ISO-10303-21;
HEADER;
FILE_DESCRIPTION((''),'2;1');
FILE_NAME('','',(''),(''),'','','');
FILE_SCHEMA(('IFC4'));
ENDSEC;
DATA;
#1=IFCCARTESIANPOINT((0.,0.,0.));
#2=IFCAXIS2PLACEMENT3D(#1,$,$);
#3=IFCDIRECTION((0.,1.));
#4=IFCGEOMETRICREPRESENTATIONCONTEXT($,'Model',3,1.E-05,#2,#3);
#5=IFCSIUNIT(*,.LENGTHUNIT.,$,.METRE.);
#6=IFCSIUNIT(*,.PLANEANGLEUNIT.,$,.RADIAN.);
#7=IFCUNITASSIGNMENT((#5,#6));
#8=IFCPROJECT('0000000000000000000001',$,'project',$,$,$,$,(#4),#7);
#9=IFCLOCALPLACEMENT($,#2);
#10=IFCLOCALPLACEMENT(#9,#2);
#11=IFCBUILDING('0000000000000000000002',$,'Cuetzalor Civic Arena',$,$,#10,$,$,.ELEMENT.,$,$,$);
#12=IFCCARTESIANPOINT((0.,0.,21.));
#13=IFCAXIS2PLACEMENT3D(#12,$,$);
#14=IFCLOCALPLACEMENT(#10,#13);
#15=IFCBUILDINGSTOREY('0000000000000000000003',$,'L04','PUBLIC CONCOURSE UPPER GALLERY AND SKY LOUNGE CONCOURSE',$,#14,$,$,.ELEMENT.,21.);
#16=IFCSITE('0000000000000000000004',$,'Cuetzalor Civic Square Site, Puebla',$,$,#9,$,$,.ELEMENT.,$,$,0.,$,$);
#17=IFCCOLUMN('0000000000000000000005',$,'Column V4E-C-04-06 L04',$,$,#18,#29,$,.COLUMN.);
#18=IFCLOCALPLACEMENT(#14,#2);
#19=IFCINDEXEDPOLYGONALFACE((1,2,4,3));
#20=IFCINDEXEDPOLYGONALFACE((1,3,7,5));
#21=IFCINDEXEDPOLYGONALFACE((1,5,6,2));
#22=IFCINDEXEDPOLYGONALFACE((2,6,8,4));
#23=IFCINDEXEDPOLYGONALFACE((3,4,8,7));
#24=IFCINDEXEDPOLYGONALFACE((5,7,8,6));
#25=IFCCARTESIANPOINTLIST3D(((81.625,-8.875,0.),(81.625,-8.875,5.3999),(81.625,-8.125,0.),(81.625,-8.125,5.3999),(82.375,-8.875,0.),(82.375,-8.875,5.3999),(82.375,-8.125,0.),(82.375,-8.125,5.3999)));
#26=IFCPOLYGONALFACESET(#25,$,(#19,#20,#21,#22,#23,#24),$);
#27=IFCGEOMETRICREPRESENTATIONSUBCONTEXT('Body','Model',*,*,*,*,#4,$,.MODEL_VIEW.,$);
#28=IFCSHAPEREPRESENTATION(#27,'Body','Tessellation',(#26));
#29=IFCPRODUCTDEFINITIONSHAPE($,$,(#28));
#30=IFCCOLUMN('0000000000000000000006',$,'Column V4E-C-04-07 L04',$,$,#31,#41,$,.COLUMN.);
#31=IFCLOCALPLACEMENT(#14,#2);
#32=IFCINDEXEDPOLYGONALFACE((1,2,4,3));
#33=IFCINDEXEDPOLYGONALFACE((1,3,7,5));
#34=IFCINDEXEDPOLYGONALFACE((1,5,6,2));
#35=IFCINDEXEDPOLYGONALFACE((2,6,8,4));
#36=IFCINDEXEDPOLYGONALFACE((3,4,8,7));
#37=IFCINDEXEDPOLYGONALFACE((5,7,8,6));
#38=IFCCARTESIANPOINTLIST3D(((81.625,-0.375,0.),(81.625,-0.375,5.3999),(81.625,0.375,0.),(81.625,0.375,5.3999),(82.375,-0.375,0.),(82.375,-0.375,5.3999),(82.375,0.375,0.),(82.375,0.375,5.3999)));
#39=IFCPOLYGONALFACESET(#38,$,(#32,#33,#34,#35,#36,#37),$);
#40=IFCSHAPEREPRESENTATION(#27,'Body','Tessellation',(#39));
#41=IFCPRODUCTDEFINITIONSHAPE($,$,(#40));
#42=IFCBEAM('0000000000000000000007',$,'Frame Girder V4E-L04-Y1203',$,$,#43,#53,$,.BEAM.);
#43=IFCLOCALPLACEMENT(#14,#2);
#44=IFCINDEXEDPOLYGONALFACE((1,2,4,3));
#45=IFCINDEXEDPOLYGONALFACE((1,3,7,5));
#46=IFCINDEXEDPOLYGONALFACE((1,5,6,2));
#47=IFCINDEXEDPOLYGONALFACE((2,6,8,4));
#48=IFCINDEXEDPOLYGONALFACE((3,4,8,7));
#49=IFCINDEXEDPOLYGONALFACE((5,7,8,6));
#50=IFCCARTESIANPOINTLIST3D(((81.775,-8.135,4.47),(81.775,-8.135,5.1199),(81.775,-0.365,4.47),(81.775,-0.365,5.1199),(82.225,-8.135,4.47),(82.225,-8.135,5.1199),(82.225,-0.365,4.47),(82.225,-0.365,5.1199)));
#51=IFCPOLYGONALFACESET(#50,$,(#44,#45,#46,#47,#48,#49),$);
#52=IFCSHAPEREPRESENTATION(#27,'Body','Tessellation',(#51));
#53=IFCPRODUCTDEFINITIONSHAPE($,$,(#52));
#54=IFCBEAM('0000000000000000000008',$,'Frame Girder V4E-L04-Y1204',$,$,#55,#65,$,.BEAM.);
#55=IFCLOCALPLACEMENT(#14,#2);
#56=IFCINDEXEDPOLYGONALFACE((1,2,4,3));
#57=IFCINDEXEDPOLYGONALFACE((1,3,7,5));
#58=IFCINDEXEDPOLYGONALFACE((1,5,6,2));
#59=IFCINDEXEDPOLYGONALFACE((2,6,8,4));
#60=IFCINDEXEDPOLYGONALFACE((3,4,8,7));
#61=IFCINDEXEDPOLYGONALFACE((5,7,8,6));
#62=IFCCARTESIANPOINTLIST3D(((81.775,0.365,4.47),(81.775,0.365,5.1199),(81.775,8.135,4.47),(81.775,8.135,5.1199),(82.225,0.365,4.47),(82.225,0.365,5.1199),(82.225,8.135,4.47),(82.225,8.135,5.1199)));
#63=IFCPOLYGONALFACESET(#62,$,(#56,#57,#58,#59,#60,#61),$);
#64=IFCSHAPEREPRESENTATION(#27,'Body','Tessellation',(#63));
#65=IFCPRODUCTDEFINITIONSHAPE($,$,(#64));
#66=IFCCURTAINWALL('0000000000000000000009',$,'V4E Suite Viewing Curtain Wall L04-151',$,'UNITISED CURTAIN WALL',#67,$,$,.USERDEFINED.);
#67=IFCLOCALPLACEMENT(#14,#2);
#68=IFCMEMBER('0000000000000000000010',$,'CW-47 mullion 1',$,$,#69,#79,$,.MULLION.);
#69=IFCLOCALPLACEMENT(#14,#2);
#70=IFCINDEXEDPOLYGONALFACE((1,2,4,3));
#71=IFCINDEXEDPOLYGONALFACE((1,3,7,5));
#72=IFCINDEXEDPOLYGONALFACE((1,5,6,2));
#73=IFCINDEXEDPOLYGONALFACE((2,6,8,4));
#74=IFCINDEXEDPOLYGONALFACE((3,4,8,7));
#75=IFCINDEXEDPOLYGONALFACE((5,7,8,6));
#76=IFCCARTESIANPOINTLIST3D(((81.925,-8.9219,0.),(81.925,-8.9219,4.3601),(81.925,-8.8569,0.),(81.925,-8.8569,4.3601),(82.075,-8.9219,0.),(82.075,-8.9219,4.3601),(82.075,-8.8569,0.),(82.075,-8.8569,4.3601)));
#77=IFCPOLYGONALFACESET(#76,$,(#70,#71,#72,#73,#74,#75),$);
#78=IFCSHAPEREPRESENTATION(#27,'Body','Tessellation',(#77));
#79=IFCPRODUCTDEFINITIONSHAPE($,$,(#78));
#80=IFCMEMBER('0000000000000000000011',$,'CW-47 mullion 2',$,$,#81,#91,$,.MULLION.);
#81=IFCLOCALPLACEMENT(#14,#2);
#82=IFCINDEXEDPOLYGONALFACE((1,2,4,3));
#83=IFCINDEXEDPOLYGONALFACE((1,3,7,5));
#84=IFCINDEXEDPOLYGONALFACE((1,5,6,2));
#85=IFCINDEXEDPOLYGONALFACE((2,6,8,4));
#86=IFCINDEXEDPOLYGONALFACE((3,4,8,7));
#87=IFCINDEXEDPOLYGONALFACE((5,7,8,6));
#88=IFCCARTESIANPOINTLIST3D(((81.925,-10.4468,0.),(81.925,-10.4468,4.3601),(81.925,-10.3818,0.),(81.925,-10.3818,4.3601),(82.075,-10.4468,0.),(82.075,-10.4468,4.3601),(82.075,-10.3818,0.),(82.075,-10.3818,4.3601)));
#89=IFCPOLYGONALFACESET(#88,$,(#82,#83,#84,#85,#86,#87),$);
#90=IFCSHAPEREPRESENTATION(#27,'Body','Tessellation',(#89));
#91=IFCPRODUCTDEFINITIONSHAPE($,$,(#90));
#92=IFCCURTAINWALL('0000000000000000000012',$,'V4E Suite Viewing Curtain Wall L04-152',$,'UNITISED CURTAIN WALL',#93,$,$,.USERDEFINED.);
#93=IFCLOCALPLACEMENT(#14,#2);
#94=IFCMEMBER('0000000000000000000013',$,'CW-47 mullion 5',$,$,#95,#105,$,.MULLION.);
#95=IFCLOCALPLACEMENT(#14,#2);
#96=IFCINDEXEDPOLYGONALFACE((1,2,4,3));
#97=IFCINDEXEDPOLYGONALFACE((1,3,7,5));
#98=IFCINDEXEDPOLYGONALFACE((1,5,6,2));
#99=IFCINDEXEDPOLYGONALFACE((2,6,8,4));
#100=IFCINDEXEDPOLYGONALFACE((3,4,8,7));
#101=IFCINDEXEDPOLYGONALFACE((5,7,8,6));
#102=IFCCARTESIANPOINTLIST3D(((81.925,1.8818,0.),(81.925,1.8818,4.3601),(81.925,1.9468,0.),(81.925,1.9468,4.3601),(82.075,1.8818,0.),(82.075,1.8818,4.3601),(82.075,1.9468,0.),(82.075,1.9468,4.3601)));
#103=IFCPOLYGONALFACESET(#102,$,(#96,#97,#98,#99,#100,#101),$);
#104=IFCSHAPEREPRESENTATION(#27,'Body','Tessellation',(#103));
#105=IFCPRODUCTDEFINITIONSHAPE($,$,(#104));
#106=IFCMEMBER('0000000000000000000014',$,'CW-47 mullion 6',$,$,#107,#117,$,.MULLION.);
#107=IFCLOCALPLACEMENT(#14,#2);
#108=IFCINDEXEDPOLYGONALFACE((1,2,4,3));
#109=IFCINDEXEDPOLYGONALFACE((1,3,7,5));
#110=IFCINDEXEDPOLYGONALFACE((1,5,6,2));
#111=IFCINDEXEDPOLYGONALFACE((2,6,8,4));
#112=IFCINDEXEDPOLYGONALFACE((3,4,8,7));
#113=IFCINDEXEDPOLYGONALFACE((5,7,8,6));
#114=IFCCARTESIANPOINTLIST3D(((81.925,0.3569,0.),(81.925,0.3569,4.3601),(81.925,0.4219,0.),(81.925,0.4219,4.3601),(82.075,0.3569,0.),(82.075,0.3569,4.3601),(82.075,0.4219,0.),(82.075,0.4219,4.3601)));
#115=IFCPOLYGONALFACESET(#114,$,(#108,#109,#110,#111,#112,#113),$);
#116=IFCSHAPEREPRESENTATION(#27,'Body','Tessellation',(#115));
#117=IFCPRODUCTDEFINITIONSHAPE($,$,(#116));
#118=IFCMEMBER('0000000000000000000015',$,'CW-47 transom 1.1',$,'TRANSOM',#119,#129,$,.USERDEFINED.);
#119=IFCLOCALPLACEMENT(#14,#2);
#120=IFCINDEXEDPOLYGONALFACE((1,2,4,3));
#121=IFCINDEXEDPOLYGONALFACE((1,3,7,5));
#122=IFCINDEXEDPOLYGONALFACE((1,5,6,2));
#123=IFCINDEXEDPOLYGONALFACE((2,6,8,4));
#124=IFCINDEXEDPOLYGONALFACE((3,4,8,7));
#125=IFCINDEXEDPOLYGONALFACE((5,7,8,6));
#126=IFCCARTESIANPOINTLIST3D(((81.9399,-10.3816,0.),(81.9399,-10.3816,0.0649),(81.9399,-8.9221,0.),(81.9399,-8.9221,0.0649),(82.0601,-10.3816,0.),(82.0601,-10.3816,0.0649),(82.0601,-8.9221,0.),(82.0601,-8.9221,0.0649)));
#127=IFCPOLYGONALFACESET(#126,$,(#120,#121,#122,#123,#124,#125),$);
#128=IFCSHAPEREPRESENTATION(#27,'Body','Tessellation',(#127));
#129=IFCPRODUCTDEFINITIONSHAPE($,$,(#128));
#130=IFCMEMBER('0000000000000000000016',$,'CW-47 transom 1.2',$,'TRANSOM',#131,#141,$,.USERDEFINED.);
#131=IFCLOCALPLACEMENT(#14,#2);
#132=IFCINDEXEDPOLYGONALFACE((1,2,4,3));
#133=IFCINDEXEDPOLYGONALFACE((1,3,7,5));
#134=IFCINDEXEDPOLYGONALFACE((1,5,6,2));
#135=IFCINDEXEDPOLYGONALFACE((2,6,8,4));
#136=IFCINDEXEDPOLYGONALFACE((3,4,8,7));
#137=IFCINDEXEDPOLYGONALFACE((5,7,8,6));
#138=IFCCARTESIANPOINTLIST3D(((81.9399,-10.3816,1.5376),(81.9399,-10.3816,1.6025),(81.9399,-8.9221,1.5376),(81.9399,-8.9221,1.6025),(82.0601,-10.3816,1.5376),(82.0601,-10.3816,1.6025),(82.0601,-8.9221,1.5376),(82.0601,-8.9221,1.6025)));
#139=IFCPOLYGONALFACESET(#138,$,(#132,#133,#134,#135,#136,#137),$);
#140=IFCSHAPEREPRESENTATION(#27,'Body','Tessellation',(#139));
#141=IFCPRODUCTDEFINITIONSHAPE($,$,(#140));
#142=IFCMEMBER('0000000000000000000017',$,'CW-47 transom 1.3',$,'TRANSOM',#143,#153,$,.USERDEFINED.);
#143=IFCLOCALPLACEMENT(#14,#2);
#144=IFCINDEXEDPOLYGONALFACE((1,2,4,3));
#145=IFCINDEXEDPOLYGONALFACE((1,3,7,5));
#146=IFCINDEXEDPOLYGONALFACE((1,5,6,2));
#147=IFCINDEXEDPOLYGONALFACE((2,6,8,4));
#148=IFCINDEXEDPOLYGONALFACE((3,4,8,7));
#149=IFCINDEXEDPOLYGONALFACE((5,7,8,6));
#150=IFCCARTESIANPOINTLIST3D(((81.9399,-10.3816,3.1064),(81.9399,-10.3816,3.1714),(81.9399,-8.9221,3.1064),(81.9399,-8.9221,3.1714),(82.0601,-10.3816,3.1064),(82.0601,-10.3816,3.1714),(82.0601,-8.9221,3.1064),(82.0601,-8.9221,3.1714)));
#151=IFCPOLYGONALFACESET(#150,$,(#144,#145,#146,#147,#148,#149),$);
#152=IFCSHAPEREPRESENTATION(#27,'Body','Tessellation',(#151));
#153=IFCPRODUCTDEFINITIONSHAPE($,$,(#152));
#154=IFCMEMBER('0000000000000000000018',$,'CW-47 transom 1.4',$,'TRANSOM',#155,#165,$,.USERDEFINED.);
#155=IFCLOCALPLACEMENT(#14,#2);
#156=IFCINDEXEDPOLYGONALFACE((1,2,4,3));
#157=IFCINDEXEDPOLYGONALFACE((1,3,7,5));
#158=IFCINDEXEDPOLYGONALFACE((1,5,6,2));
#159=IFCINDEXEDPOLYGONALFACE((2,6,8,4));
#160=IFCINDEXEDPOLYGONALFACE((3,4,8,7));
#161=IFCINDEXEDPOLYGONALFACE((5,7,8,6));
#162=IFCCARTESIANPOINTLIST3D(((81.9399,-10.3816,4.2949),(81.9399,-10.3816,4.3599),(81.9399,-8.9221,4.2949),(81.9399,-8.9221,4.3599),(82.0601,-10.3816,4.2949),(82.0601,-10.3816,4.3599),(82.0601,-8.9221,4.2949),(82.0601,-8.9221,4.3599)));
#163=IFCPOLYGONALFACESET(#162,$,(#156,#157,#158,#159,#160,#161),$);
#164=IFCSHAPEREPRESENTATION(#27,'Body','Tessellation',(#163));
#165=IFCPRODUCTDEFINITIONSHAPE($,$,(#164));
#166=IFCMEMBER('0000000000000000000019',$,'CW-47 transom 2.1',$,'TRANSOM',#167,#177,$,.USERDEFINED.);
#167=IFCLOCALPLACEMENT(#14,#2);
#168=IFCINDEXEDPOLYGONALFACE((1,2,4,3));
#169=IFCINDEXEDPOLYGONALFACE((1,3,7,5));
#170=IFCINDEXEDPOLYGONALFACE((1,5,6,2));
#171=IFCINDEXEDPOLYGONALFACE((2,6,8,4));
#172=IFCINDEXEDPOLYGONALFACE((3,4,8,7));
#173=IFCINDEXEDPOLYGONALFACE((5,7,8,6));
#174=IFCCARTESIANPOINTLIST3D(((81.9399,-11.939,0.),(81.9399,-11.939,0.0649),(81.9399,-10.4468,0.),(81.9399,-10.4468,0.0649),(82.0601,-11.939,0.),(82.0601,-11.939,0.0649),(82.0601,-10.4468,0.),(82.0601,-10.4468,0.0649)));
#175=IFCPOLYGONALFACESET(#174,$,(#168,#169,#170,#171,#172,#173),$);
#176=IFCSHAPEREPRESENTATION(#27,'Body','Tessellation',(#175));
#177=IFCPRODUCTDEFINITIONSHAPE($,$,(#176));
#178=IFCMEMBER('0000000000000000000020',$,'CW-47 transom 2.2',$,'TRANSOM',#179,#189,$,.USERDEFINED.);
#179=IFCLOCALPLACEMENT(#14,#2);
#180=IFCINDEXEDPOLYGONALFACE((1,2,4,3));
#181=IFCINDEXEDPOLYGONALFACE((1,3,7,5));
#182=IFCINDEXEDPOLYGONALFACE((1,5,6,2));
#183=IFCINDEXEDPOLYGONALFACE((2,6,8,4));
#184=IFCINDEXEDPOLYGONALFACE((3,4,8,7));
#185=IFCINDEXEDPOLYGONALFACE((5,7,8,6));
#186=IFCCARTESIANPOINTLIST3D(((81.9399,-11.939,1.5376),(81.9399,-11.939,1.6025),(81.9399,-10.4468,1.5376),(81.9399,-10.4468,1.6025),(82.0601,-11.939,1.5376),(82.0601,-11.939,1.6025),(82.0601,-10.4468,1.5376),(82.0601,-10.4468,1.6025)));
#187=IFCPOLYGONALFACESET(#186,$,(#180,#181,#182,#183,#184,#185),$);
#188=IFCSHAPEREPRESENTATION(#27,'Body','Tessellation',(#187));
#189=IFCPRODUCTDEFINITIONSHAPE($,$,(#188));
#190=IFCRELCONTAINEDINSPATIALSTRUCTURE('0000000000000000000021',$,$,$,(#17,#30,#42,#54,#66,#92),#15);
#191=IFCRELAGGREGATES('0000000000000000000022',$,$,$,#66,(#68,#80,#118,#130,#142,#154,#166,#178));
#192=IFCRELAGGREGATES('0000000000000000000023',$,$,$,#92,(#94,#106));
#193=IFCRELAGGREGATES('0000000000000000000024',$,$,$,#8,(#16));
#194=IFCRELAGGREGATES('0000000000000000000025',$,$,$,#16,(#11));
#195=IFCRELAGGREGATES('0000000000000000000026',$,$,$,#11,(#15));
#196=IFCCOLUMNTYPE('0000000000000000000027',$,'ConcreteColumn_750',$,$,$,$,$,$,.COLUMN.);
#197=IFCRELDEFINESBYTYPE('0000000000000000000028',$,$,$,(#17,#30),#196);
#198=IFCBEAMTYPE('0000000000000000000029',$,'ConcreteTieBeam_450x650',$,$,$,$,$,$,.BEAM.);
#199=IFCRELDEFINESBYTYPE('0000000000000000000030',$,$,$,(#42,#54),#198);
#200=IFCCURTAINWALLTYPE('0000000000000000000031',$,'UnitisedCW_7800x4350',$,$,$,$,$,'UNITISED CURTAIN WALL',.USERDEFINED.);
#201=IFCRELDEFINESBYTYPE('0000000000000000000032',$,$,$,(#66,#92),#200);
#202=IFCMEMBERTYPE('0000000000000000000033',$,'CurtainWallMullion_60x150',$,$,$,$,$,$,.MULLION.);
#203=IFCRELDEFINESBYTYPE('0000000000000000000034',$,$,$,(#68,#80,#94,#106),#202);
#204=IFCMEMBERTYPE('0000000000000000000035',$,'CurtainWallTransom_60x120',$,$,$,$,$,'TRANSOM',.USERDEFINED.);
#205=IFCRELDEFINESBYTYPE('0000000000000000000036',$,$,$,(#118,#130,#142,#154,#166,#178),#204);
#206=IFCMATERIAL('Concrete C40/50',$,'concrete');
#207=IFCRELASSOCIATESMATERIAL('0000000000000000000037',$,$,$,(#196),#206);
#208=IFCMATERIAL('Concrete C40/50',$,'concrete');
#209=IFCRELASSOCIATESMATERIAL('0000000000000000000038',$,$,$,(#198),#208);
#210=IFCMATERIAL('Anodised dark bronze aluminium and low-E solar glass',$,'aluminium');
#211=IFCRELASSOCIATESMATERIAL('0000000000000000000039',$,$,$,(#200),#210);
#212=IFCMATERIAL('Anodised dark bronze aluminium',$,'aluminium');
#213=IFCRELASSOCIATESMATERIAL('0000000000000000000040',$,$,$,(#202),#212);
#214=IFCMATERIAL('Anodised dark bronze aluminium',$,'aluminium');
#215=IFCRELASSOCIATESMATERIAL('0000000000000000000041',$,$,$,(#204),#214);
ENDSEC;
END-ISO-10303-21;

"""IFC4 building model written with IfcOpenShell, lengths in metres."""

from ifc_helpers import new_model, si_unit, direction, frame, origin, origin_2d, place, context, subcontext, project, spatial, rectangle, extrude, material, material_profile, profile_set, type_object, element, aggregate, save


model = new_model("IFC4")

# Units and contexts
model_context = context("Model", 3, precision=1e-05, world=origin(), true_north=direction((0.0, 1.0)))
body_context = subcontext(model_context, "Body", "Model", "MODEL_VIEW")
ifc_project = project(units=[si_unit("LENGTHUNIT", "METRE"), si_unit("PLANEANGLEUNIT", "RADIAN")], contexts=[model_context])

# Site, building, storey
site_placement = place(None, origin())
site = spatial("IfcSite", under=ifc_project, at=site_placement, Name="Cuetzalor Civic Square Site, Puebla", CompositionType="ELEMENT", RefElevation=0.0)
building_placement = place(site_placement, origin())
building = spatial("IfcBuilding", under=site, at=building_placement, Name="Cuetzalor Civic Arena", CompositionType="ELEMENT")
storey_placement = place(building_placement, frame((0.0, 0.0, 21.0)))
storey = spatial("IfcBuildingStorey", under=building, at=storey_placement, Name="L04", Description="PUBLIC CONCOURSE UPPER GALLERY AND SKY LOUNGE CONCOURSE", CompositionType="ELEMENT", Elevation=21.0)

# Columns
ifc_material_1 = material(Name="Concrete C40/50", Category="concrete")
ifc_material_profile_1 = material_profile(ifc_material_1, rectangle(XDim=0.75, YDim=0.75, at=origin_2d()), Name="RC 750x750")
ifc_profile_set_1 = profile_set([ifc_material_profile_1], Name="Concrete C40/50")
column_type = type_object("IfcColumnType", Name="ConcreteColumn_750", PredefinedType="COLUMN", material=ifc_profile_set_1)
for number, where, z_axis, x_axis, name in (
    (1, (82.0, -8.5, 0.0), (0.0, 0.0, 1.0), (1.0, 0.0, 0.0), "Column V4E-C-04-06 L04"),
    (2, (82.0, 0.0, 0.0), (0.0, 0.0, 1.0), (1.0, 0.0, 0.0), "Column V4E-C-04-07 L04"),
):
    element("IfcColumn", number, at=place(storey_placement, frame(where, z_axis=z_axis, x_axis=x_axis)), inside=storey, type_object=column_type, Name=name, PredefinedType="COLUMN", context=body_context, shape_type="SweptSolid", body=[
        extrude(rectangle(XDim=0.75, YDim=0.75, at=origin_2d()), origin(), (0.0, 0.0, 1.0), 5.3999),
    ])

# Beams
ifc_material_2 = material(Name="Concrete C40/50", Category="concrete")
ifc_material_profile_2 = material_profile(ifc_material_2, rectangle(XDim=0.45, YDim=0.6499, at=origin_2d()), Name="RC 450x650")
ifc_profile_set_2 = profile_set([ifc_material_profile_2], Name="Concrete C40/50")
beam_type = type_object("IfcBeamType", Name="ConcreteTieBeam_450x650", PredefinedType="BEAM", material=ifc_profile_set_2)
for number, where, z_axis, x_axis, name in (
    (3, (82.0, -8.135, 4.7949), (0.0, 1.0, 0.0), (-1.0, 0.0, 0.0), "Frame Girder V4E-L04-Y1203"),
    (4, (82.0, 0.365, 4.7949), (0.0, 1.0, 0.0), (-1.0, 0.0, 0.0), "Frame Girder V4E-L04-Y1204"),
):
    element("IfcBeam", number, at=place(storey_placement, frame(where, z_axis=z_axis, x_axis=x_axis)), inside=storey, type_object=beam_type, Name=name, PredefinedType="BEAM", context=body_context, shape_type="SweptSolid", body=[
        extrude(rectangle(XDim=0.45, YDim=0.6499, at=origin_2d()), origin(), (0.0, 0.0, 1.0), 7.77),
    ])

# Curtain walls, members
ifc_material_3 = material(Name="Anodised dark bronze aluminium and low-E solar glass", Category="aluminium")
curtain_wall_type = type_object("IfcCurtainWallType", Name="UnitisedCW_7800x4350", ElementType="UNITISED CURTAIN WALL", PredefinedType="USERDEFINED", material=ifc_material_3)
curtain_wall_1_placement = place(storey_placement, origin())
curtain_wall_1 = element("IfcCurtainWall", 5, at=curtain_wall_1_placement, inside=storey, type_object=curtain_wall_type, Name="V4E Suite Viewing Curtain Wall L04-151", ObjectType="UNITISED CURTAIN WALL", PredefinedType="USERDEFINED")
ifc_material_4 = material(Name="Anodised dark bronze aluminium", Category="aluminium")
ifc_material_profile_3 = material_profile(ifc_material_4, rectangle(XDim=0.0649, YDim=0.1499, at=origin_2d()), Name="ALU MULLION 65x150")
ifc_profile_set_3 = profile_set([ifc_material_profile_3], Name="Anodised dark bronze aluminium")
member_type_1 = type_object("IfcMemberType", Name="CurtainWallMullion_60x150", PredefinedType="MULLION", material=ifc_profile_set_3)
member_1_placement = place(storey_placement, frame((82.0, -8.8894, 0.0), z_axis=(0.0, 0.0, 1.0), x_axis=(0.0, -1.0, 0.0)))
member_1 = element("IfcMember", 6, at=member_1_placement, type_object=member_type_1, Name="CW-47 mullion 1", PredefinedType="MULLION", context=body_context, shape_type="SweptSolid", body=[
    extrude(rectangle(XDim=0.0649, YDim=0.1499, at=origin_2d()), origin(), (0.0, 0.0, 1.0), 4.3601),
])
member_2_placement = place(storey_placement, frame((82.0, -10.4143, 0.0), z_axis=(0.0, 0.0, 1.0), x_axis=(0.0, -1.0, 0.0)))
member_2 = element("IfcMember", 7, at=member_2_placement, type_object=member_type_1, Name="CW-47 mullion 2", PredefinedType="MULLION", context=body_context, shape_type="SweptSolid", body=[
    extrude(rectangle(XDim=0.0649, YDim=0.1499, at=origin_2d()), origin(), (0.0, 0.0, 1.0), 4.3601),
])
curtain_wall_2_placement = place(storey_placement, origin())
curtain_wall_2 = element("IfcCurtainWall", 8, at=curtain_wall_2_placement, inside=storey, type_object=curtain_wall_type, Name="V4E Suite Viewing Curtain Wall L04-152", ObjectType="UNITISED CURTAIN WALL", PredefinedType="USERDEFINED")
member_3_placement = place(storey_placement, frame((82.0, 1.9143, 0.0), z_axis=(0.0, 0.0, 1.0), x_axis=(0.0, -1.0, 0.0)))
member_3 = element("IfcMember", 9, at=member_3_placement, type_object=member_type_1, Name="CW-47 mullion 5", PredefinedType="MULLION", context=body_context, shape_type="SweptSolid", body=[
    extrude(rectangle(XDim=0.0649, YDim=0.1499, at=origin_2d()), origin(), (0.0, 0.0, 1.0), 4.3601),
])
member_4_placement = place(storey_placement, frame((82.0, 0.3894, 0.0), z_axis=(0.0, 0.0, 1.0), x_axis=(0.0, -1.0, 0.0)))
member_4 = element("IfcMember", 10, at=member_4_placement, type_object=member_type_1, Name="CW-47 mullion 6", PredefinedType="MULLION", context=body_context, shape_type="SweptSolid", body=[
    extrude(rectangle(XDim=0.0649, YDim=0.1499, at=origin_2d()), origin(), (0.0, 0.0, 1.0), 4.3601),
])

# Members
ifc_material_5 = material(Name="Anodised dark bronze aluminium", Category="aluminium")
ifc_material_profile_4 = material_profile(ifc_material_5, rectangle(XDim=0.1201, YDim=0.0649, at=origin_2d()), Name="ALU TRANSOM 65x120")
ifc_profile_set_4 = profile_set([ifc_material_profile_4], Name="Anodised dark bronze aluminium")
member_type_2 = type_object("IfcMemberType", Name="CurtainWallTransom_60x120", ElementType="TRANSOM", PredefinedType="USERDEFINED", material=ifc_profile_set_4)
member_5_placement = place(storey_placement, frame((82.0, -8.9221, 0.0325), z_axis=(0.0, -1.0, 0.0), x_axis=(1.0, 0.0, 0.0)))
member_5 = element("IfcMember", 11, at=member_5_placement, type_object=member_type_2, Name="CW-47 transom 1.1", ObjectType="TRANSOM", PredefinedType="USERDEFINED", context=body_context, shape_type="SweptSolid", body=[
    extrude(rectangle(XDim=0.1201, YDim=0.0649, at=origin_2d()), origin(), (0.0, 0.0, 1.0), 1.4595),
])
member_6_placement = place(storey_placement, frame((82.0, -8.9221, 1.5701), z_axis=(0.0, -1.0, 0.0), x_axis=(1.0, 0.0, 0.0)))
member_6 = element("IfcMember", 12, at=member_6_placement, type_object=member_type_2, Name="CW-47 transom 1.2", ObjectType="TRANSOM", PredefinedType="USERDEFINED", context=body_context, shape_type="SweptSolid", body=[
    extrude(rectangle(XDim=0.1201, YDim=0.0649, at=origin_2d()), origin(), (0.0, 0.0, 1.0), 1.4595),
])
member_7_placement = place(storey_placement, frame((82.0, -8.9221, 3.1389), z_axis=(0.0, -1.0, 0.0), x_axis=(1.0, 0.0, 0.0)))
member_7 = element("IfcMember", 13, at=member_7_placement, type_object=member_type_2, Name="CW-47 transom 1.3", ObjectType="TRANSOM", PredefinedType="USERDEFINED", context=body_context, shape_type="SweptSolid", body=[
    extrude(rectangle(XDim=0.1201, YDim=0.0649, at=origin_2d()), origin(), (0.0, 0.0, 1.0), 1.4595),
])
member_8_placement = place(storey_placement, frame((82.0, -8.9221, 4.3274), z_axis=(0.0, -1.0, 0.0), x_axis=(1.0, 0.0, 0.0)))
member_8 = element("IfcMember", 14, at=member_8_placement, type_object=member_type_2, Name="CW-47 transom 1.4", ObjectType="TRANSOM", PredefinedType="USERDEFINED", context=body_context, shape_type="SweptSolid", body=[
    extrude(rectangle(XDim=0.1201, YDim=0.0649, at=origin_2d()), origin(), (0.0, 0.0, 1.0), 1.4595),
])
member_9_placement = place(storey_placement, frame((82.0, -10.4468, 0.0325), z_axis=(0.0, -1.0, 0.0), x_axis=(1.0, 0.0, 0.0)))
member_9 = element("IfcMember", 15, at=member_9_placement, type_object=member_type_2, Name="CW-47 transom 2.1", ObjectType="TRANSOM", PredefinedType="USERDEFINED", context=body_context, shape_type="SweptSolid", body=[
    extrude(rectangle(XDim=0.1201, YDim=0.0649, at=origin_2d()), origin(), (0.0, 0.0, 1.0), 1.4922),
])
member_10_placement = place(storey_placement, frame((82.0, -10.4468, 1.5701), z_axis=(0.0, -1.0, 0.0), x_axis=(1.0, 0.0, 0.0)))
member_10 = element("IfcMember", 16, at=member_10_placement, type_object=member_type_2, Name="CW-47 transom 2.2", ObjectType="TRANSOM", PredefinedType="USERDEFINED", context=body_context, shape_type="SweptSolid", body=[
    extrude(rectangle(XDim=0.1201, YDim=0.0649, at=origin_2d()), origin(), (0.0, 0.0, 1.0), 1.4922),
])

aggregate(curtain_wall_1, [member_1, member_2, member_5, member_6, member_7, member_8, member_9, member_10])
aggregate(curtain_wall_2, [member_3, member_4])

save(model, "model.ifc")
